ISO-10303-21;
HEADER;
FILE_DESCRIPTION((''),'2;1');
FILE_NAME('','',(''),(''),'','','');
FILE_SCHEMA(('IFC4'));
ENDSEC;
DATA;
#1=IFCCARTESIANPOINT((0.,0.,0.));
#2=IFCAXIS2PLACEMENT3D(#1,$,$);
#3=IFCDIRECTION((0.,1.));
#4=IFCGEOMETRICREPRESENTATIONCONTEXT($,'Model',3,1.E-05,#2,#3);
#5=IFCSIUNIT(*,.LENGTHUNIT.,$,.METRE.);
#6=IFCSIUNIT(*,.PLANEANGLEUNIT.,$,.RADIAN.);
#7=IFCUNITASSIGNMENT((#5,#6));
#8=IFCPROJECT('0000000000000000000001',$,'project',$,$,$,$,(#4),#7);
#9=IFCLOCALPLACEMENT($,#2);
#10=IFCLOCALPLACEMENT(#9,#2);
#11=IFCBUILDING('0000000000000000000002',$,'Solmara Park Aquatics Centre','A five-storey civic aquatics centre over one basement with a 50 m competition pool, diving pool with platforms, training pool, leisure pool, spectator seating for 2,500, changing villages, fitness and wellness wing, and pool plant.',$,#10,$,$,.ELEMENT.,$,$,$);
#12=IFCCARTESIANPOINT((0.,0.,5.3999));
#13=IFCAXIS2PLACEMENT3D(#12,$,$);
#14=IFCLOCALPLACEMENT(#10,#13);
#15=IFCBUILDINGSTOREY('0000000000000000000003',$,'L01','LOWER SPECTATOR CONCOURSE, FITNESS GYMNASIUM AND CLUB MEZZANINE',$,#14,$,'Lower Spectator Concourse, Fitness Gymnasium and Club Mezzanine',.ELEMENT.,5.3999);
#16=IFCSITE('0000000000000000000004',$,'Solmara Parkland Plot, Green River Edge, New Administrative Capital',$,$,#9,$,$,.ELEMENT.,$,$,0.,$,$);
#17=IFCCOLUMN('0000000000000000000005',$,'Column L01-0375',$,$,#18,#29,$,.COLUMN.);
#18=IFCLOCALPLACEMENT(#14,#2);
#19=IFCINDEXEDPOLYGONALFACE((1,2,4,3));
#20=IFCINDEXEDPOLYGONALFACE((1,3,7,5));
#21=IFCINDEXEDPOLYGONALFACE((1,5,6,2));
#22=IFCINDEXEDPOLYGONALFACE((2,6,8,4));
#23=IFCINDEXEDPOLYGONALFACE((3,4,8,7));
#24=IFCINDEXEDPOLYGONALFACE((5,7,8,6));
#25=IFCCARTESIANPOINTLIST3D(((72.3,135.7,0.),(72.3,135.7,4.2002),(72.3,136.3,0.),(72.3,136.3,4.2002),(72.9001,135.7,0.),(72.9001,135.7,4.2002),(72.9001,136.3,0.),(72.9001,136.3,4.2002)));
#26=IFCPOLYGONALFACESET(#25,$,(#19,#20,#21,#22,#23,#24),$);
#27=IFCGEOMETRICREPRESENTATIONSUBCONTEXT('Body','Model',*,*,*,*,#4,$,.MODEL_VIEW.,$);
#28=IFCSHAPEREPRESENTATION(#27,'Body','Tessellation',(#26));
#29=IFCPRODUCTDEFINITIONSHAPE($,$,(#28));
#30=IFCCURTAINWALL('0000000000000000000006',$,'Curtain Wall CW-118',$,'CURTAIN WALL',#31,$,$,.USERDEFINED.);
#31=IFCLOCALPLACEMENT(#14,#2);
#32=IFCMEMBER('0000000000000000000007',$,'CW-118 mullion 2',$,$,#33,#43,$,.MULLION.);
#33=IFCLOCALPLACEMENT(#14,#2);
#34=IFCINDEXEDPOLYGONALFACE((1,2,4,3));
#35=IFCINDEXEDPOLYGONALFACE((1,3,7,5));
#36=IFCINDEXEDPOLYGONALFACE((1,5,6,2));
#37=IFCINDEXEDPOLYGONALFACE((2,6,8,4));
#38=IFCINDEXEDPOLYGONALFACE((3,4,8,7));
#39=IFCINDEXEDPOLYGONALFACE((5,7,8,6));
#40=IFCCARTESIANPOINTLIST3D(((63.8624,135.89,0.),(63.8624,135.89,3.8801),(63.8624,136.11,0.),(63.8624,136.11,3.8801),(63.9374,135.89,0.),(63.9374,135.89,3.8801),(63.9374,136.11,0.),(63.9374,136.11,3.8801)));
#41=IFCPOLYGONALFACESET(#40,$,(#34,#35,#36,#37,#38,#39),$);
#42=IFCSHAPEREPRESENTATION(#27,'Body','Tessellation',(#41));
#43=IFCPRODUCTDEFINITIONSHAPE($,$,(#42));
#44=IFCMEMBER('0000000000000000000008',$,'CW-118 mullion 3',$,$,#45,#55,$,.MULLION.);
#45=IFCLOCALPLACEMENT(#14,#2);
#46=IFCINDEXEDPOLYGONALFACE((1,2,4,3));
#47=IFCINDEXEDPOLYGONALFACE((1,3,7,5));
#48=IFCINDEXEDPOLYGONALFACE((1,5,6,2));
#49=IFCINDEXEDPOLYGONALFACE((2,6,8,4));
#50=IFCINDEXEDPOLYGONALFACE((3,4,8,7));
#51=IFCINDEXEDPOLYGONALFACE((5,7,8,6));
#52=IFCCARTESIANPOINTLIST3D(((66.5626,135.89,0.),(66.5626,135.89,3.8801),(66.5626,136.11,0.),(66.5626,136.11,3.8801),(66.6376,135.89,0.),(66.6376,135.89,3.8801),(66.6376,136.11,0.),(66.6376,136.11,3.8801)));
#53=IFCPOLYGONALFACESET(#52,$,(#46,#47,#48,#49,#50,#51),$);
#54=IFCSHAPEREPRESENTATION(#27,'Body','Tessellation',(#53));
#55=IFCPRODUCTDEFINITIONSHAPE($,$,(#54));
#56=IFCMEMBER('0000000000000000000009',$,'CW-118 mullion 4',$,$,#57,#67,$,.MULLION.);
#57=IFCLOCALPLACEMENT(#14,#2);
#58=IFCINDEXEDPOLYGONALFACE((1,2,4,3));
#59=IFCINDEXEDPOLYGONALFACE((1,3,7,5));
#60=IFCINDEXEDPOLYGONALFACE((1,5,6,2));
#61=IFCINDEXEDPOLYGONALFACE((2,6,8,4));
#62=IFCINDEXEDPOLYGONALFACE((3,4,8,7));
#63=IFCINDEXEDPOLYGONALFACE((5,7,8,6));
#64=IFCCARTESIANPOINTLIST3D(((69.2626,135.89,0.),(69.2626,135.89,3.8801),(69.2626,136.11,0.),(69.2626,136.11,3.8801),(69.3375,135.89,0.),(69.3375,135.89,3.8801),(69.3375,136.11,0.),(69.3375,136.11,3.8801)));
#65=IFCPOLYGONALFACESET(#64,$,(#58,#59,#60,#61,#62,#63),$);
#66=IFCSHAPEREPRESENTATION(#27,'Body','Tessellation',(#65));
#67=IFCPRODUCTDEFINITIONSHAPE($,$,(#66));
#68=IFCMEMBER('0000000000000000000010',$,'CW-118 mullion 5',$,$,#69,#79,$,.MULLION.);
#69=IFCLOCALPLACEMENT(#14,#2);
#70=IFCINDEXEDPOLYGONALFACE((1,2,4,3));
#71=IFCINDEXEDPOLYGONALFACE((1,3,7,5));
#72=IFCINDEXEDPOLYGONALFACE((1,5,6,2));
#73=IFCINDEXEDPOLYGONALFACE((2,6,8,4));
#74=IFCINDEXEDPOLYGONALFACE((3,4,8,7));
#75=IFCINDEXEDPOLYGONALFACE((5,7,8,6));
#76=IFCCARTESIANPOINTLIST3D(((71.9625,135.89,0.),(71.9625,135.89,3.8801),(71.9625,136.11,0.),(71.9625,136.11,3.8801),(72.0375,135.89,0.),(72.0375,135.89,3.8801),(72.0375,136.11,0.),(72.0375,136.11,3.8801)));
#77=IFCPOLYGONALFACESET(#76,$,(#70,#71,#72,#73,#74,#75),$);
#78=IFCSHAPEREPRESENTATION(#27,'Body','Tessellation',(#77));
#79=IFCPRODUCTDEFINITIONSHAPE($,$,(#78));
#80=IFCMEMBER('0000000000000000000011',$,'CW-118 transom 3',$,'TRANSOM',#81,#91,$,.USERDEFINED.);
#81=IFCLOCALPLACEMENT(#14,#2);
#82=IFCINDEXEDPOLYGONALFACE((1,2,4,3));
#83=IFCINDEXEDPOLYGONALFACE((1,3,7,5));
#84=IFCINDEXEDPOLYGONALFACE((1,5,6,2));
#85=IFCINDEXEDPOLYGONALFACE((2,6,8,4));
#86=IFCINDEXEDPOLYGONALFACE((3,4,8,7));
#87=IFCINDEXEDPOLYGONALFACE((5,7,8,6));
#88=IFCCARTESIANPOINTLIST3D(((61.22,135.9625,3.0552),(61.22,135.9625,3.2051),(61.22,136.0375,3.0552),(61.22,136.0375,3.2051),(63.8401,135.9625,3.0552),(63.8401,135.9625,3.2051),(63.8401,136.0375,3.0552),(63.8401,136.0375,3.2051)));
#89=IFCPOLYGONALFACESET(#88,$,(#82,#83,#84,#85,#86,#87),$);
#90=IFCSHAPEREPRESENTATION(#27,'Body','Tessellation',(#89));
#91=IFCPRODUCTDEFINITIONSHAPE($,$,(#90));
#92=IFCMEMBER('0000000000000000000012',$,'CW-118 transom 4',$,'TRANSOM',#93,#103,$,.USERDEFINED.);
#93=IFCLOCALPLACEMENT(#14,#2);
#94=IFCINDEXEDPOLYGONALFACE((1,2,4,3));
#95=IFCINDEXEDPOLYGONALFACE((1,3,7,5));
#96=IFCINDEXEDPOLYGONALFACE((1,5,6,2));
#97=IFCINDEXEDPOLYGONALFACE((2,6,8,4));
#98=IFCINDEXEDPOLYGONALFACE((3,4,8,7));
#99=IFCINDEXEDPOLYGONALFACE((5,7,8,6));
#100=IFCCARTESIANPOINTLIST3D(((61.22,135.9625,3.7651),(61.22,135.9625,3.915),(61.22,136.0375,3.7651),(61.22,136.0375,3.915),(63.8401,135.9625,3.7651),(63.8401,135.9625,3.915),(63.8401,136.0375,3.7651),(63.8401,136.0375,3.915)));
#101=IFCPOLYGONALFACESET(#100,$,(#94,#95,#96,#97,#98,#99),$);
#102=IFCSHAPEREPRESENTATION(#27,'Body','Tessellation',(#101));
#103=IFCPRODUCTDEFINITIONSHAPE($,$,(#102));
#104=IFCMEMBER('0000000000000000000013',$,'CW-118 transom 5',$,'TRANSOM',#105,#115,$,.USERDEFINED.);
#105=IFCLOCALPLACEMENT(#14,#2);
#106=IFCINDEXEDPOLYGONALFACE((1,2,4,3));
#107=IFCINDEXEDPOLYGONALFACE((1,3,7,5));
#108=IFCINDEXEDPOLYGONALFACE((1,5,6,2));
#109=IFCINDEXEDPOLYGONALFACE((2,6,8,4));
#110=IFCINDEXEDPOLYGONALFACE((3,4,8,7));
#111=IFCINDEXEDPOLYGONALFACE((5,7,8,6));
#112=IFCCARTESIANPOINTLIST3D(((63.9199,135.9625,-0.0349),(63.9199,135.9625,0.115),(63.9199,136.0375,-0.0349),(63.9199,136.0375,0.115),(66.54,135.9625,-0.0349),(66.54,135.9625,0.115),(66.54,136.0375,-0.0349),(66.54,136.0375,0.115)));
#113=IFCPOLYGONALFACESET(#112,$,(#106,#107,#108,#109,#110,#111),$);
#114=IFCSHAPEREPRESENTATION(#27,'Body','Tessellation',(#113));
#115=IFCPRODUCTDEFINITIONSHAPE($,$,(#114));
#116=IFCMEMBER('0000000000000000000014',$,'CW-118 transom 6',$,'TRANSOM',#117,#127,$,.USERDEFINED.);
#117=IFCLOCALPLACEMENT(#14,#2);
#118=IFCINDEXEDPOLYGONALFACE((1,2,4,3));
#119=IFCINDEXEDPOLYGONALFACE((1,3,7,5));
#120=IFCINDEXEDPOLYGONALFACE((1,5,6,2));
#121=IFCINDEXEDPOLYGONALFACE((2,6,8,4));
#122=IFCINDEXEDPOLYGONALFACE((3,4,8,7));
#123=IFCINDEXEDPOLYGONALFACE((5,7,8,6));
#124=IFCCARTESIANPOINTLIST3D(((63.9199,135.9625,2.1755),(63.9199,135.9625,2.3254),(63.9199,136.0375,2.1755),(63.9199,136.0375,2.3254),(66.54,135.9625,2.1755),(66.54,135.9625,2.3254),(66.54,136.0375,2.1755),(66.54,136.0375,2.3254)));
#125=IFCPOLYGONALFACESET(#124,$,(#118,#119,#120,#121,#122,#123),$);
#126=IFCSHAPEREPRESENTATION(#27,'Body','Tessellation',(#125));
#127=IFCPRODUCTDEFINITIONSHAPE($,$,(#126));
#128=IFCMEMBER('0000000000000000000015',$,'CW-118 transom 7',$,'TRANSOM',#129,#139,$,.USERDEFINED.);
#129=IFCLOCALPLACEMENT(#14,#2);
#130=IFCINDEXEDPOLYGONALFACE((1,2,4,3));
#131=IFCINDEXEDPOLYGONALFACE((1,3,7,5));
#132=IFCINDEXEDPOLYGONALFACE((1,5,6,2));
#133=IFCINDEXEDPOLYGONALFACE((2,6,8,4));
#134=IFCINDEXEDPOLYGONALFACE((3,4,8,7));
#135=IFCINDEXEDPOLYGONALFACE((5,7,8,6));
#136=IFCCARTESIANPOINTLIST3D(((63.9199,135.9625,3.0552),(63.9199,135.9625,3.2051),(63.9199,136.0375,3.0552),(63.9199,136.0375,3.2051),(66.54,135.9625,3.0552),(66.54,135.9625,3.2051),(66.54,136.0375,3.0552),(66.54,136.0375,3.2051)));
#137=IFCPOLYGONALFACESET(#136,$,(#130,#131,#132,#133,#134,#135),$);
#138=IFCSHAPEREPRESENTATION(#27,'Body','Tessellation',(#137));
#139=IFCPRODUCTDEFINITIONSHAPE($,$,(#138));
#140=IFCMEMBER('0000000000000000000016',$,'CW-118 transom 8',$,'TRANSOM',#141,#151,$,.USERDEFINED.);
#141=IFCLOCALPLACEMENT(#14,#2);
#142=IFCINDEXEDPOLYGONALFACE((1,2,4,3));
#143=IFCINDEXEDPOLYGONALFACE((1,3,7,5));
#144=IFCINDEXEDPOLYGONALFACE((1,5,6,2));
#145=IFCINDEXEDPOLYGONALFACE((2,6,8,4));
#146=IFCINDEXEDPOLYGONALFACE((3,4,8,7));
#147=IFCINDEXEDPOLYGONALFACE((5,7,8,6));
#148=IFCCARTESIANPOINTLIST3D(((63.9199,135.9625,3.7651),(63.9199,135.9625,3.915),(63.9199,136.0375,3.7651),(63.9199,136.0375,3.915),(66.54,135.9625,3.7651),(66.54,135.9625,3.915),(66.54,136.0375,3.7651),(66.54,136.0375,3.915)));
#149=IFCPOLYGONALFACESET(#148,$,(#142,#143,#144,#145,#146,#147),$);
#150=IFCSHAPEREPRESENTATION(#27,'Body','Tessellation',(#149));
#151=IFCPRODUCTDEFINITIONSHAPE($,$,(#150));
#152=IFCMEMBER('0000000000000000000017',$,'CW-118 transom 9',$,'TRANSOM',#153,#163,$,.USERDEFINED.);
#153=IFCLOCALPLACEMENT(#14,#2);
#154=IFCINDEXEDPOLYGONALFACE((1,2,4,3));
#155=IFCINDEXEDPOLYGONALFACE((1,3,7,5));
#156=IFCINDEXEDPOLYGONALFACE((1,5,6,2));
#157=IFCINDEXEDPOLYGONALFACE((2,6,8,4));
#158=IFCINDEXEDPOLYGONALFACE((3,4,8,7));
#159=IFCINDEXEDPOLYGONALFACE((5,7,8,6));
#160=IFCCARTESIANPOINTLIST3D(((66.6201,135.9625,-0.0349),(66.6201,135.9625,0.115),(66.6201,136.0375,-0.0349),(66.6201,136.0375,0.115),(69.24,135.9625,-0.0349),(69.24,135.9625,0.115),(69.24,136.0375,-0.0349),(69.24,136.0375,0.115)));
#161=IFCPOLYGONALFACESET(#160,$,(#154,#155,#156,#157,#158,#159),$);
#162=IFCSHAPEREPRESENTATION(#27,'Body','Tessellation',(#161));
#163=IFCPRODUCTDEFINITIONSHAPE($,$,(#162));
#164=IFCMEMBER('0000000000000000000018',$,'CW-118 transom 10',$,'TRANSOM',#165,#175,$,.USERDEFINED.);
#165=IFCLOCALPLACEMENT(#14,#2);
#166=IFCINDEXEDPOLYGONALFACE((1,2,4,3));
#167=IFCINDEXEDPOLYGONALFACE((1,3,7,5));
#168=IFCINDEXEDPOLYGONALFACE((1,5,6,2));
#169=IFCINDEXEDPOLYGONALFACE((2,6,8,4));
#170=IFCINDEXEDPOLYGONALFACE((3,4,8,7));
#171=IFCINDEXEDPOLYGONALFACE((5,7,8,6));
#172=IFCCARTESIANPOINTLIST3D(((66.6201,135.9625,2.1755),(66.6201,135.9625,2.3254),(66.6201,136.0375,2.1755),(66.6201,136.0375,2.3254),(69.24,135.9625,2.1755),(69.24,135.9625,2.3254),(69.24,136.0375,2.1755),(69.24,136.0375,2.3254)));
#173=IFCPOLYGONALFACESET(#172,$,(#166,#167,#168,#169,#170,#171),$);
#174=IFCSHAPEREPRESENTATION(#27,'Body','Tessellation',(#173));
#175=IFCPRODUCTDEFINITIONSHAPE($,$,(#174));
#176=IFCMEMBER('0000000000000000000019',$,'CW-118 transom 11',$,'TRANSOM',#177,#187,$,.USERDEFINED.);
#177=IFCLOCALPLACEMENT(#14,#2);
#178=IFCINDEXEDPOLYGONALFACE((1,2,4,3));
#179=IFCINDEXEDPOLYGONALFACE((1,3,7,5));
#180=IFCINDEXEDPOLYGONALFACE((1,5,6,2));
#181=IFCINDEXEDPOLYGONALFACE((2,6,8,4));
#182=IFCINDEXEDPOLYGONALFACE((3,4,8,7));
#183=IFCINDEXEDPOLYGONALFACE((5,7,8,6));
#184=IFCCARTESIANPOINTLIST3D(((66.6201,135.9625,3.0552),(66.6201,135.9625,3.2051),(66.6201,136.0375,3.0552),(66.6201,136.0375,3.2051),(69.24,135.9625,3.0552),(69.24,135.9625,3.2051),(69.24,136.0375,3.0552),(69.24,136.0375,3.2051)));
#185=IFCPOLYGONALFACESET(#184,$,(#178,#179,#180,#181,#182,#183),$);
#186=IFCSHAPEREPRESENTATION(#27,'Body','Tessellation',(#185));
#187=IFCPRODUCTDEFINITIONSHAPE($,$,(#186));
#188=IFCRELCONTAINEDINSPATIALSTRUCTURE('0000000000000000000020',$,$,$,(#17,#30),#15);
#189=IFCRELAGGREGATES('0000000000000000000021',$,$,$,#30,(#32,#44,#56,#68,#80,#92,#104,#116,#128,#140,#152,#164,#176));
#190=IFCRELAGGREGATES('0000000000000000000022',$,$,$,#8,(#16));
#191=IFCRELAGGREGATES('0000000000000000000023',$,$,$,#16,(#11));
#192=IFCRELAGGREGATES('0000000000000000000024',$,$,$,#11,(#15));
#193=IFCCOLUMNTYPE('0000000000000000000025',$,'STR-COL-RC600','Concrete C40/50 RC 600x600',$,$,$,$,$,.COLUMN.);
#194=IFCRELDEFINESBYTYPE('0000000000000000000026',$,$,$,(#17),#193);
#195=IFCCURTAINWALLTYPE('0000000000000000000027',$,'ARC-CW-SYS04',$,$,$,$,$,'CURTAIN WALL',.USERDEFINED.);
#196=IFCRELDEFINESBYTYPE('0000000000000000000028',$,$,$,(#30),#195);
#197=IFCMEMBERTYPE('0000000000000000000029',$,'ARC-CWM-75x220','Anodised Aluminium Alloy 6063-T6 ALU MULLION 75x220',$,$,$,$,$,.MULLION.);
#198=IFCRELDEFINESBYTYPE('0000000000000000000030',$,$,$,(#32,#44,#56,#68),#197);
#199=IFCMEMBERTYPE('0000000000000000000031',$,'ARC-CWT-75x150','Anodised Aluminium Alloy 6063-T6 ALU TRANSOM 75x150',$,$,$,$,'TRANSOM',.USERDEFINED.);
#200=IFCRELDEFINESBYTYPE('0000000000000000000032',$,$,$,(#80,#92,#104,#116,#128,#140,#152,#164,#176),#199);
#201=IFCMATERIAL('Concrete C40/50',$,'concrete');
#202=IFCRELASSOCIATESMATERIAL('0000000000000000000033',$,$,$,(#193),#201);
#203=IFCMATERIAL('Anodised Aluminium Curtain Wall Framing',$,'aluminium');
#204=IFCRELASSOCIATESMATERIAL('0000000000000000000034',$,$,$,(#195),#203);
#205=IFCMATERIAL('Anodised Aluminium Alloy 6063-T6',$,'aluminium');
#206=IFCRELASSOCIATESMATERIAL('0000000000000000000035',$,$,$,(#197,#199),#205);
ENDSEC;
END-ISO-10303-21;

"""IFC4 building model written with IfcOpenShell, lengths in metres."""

from ifc_helpers import new_model, si_unit, direction, frame, origin, origin_2d, place, context, subcontext, project, spatial, rectangle, extrude, material, material_profile, profile_set, type_object, element, aggregate, save


model = new_model("IFC4")

# Units and contexts
model_context = context("Model", 3, precision=1e-05, world=origin(), true_north=direction((0.0, 1.0)))
body_context = subcontext(model_context, "Body", "Model", "MODEL_VIEW")
ifc_project = project(units=[si_unit("LENGTHUNIT", "METRE"), si_unit("PLANEANGLEUNIT", "RADIAN")], contexts=[model_context])

# Site, building, storey
site_placement = place(None, origin())
site = spatial("IfcSite", under=ifc_project, at=site_placement, Name="Solmara Parkland Plot, Green River Edge, New Administrative Capital", CompositionType="ELEMENT", RefElevation=0.0)
building_placement = place(site_placement, origin())
building = spatial("IfcBuilding", under=site, at=building_placement, Name="Solmara Park Aquatics Centre", Description="A five-storey civic aquatics centre over one basement with a 50 m competition pool, diving pool with platforms, training pool, leisure pool, spectator seating for 2,500, changing villages, fitness and wellness wing, and pool plant.", CompositionType="ELEMENT")
storey_placement = place(building_placement, frame((0.0, 0.0, 5.3999)))
storey = spatial("IfcBuildingStorey", under=building, at=storey_placement, Name="L01", Description="LOWER SPECTATOR CONCOURSE, FITNESS GYMNASIUM AND CLUB MEZZANINE", LongName="Lower Spectator Concourse, Fitness Gymnasium and Club Mezzanine", CompositionType="ELEMENT", Elevation=5.3999)

# Column
ifc_material_1 = material(Name="Concrete C40/50", Category="concrete")
ifc_material_profile_1 = material_profile(ifc_material_1, rectangle(XDim=0.6001, YDim=0.6001, at=origin_2d()), Name="RC 600x600")
ifc_profile_set_1 = profile_set([ifc_material_profile_1], Name="Concrete C40/50")
column_type = type_object("IfcColumnType", Name="STR-COL-RC600", Description="Concrete C40/50 RC 600x600", PredefinedType="COLUMN", material=ifc_profile_set_1)
column_placement = place(storey_placement, frame((72.6001, 136.0, 0.0), z_axis=(0.0, 0.0, 1.0), x_axis=(1.0, 0.0, 0.0)))
element("IfcColumn", 1, at=column_placement, inside=storey, type_object=column_type, Name="Column L01-0375", PredefinedType="COLUMN", context=body_context, shape_type="SweptSolid", body=[
    extrude(rectangle(XDim=0.6001, YDim=0.6001, at=origin_2d()), origin(), (0.0, 0.0, 1.0), 4.2002),
])

# Curtain wall, members
ifc_material_2 = material(Name="Anodised Aluminium Curtain Wall Framing", Category="aluminium")
curtain_wall_type = type_object("IfcCurtainWallType", Name="ARC-CW-SYS04", ElementType="CURTAIN WALL", PredefinedType="USERDEFINED", material=ifc_material_2)
curtain_wall_placement = place(storey_placement, origin())
curtain_wall = element("IfcCurtainWall", 2, at=curtain_wall_placement, inside=storey, type_object=curtain_wall_type, Name="Curtain Wall CW-118", ObjectType="CURTAIN WALL", PredefinedType="USERDEFINED")
ifc_material_3 = material(Name="Anodised Aluminium Alloy 6063-T6", Category="aluminium")
ifc_material_profile_2 = material_profile(ifc_material_3, rectangle(XDim=0.075, YDim=0.22, at=origin_2d()), Name="ALU MULLION 75x220")
ifc_profile_set_2 = profile_set([ifc_material_profile_2], Name="Anodised Aluminium Alloy 6063-T6")
member_type_1 = type_object("IfcMemberType", Name="ARC-CWM-75x220", Description="Anodised Aluminium Alloy 6063-T6 ALU MULLION 75x220", PredefinedType="MULLION", material=ifc_profile_set_2)
member_1_placement = place(storey_placement, frame((63.8999, 136.0, 0.0), z_axis=(0.0, 0.0, 1.0), x_axis=(1.0, 0.0, 0.0)))
member_1 = element("IfcMember", 3, at=member_1_placement, type_object=member_type_1, Name="CW-118 mullion 2", PredefinedType="MULLION", context=body_context, shape_type="SweptSolid", body=[
    extrude(rectangle(XDim=0.075, YDim=0.22, at=origin_2d()), origin(), (0.0, 0.0, 1.0), 3.8801),
])
member_2_placement = place(storey_placement, frame((66.6001, 136.0, 0.0), z_axis=(0.0, 0.0, 1.0), x_axis=(1.0, 0.0, 0.0)))
member_2 = element("IfcMember", 4, at=member_2_placement, type_object=member_type_1, Name="CW-118 mullion 3", PredefinedType="MULLION", context=body_context, shape_type="SweptSolid", body=[
    extrude(rectangle(XDim=0.075, YDim=0.22, at=origin_2d()), origin(), (0.0, 0.0, 1.0), 3.8801),
])
member_3_placement = place(storey_placement, frame((69.3, 136.0, 0.0), z_axis=(0.0, 0.0, 1.0), x_axis=(1.0, 0.0, 0.0)))
member_3 = element("IfcMember", 5, at=member_3_placement, type_object=member_type_1, Name="CW-118 mullion 4", PredefinedType="MULLION", context=body_context, shape_type="SweptSolid", body=[
    extrude(rectangle(XDim=0.075, YDim=0.22, at=origin_2d()), origin(), (0.0, 0.0, 1.0), 3.8801),
])
member_4_placement = place(storey_placement, frame((72.0, 136.0, 0.0), z_axis=(0.0, 0.0, 1.0), x_axis=(1.0, 0.0, 0.0)))
member_4 = element("IfcMember", 6, at=member_4_placement, type_object=member_type_1, Name="CW-118 mullion 5", PredefinedType="MULLION", context=body_context, shape_type="SweptSolid", body=[
    extrude(rectangle(XDim=0.075, YDim=0.22, at=origin_2d()), origin(), (0.0, 0.0, 1.0), 3.8801),
])
ifc_material_profile_3 = material_profile(ifc_material_3, rectangle(XDim=0.075, YDim=0.1499, at=origin_2d()), Name="ALU TRANSOM 75x150")
ifc_profile_set_3 = profile_set([ifc_material_profile_3], Name="Anodised Aluminium Alloy 6063-T6")
member_type_2 = type_object("IfcMemberType", Name="ARC-CWT-75x150", Description="Anodised Aluminium Alloy 6063-T6 ALU TRANSOM 75x150", ElementType="TRANSOM", PredefinedType="USERDEFINED", material=ifc_profile_set_3)
member_5_placement = place(storey_placement, frame((61.22, 136.0, 3.1301), z_axis=(1.0, 0.0, 0.0), x_axis=(0.0, 1.0, 0.0)))
member_5 = element("IfcMember", 7, at=member_5_placement, type_object=member_type_2, Name="CW-118 transom 3", ObjectType="TRANSOM", PredefinedType="USERDEFINED", context=body_context, shape_type="SweptSolid", body=[
    extrude(rectangle(XDim=0.075, YDim=0.1499, at=origin_2d()), origin(), (0.0, 0.0, 1.0), 2.6201),
])
member_6_placement = place(storey_placement, frame((61.22, 136.0, 3.8401), z_axis=(1.0, 0.0, 0.0), x_axis=(0.0, 1.0, 0.0)))
member_6 = element("IfcMember", 8, at=member_6_placement, type_object=member_type_2, Name="CW-118 transom 4", ObjectType="TRANSOM", PredefinedType="USERDEFINED", context=body_context, shape_type="SweptSolid", body=[
    extrude(rectangle(XDim=0.075, YDim=0.1499, at=origin_2d()), origin(), (0.0, 0.0, 1.0), 2.6201),
])
member_7_placement = place(storey_placement, frame((63.9199, 136.0, 0.04), z_axis=(1.0, 0.0, 0.0), x_axis=(0.0, 1.0, 0.0)))
member_7 = element("IfcMember", 9, at=member_7_placement, type_object=member_type_2, Name="CW-118 transom 5", ObjectType="TRANSOM", PredefinedType="USERDEFINED", context=body_context, shape_type="SweptSolid", body=[
    extrude(rectangle(XDim=0.075, YDim=0.1499, at=origin_2d()), origin(), (0.0, 0.0, 1.0), 2.6201),
])
member_8_placement = place(storey_placement, frame((63.9199, 136.0, 2.2505), z_axis=(1.0, 0.0, 0.0), x_axis=(0.0, 1.0, 0.0)))
member_8 = element("IfcMember", 10, at=member_8_placement, type_object=member_type_2, Name="CW-118 transom 6", ObjectType="TRANSOM", PredefinedType="USERDEFINED", context=body_context, shape_type="SweptSolid", body=[
    extrude(rectangle(XDim=0.075, YDim=0.1499, at=origin_2d()), origin(), (0.0, 0.0, 1.0), 2.6201),
])
member_9_placement = place(storey_placement, frame((63.9199, 136.0, 3.1301), z_axis=(1.0, 0.0, 0.0), x_axis=(0.0, 1.0, 0.0)))
member_9 = element("IfcMember", 11, at=member_9_placement, type_object=member_type_2, Name="CW-118 transom 7", ObjectType="TRANSOM", PredefinedType="USERDEFINED", context=body_context, shape_type="SweptSolid", body=[
    extrude(rectangle(XDim=0.075, YDim=0.1499, at=origin_2d()), origin(), (0.0, 0.0, 1.0), 2.6201),
])
member_10_placement = place(storey_placement, frame((63.9199, 136.0, 3.8401), z_axis=(1.0, 0.0, 0.0), x_axis=(0.0, 1.0, 0.0)))
member_10 = element("IfcMember", 12, at=member_10_placement, type_object=member_type_2, Name="CW-118 transom 8", ObjectType="TRANSOM", PredefinedType="USERDEFINED", context=body_context, shape_type="SweptSolid", body=[
    extrude(rectangle(XDim=0.075, YDim=0.1499, at=origin_2d()), origin(), (0.0, 0.0, 1.0), 2.6201),
])
member_11_placement = place(storey_placement, frame((66.6201, 136.0, 0.04), z_axis=(1.0, 0.0, 0.0), x_axis=(0.0, 1.0, 0.0)))
member_11 = element("IfcMember", 13, at=member_11_placement, type_object=member_type_2, Name="CW-118 transom 9", ObjectType="TRANSOM", PredefinedType="USERDEFINED", context=body_context, shape_type="SweptSolid", body=[
    extrude(rectangle(XDim=0.075, YDim=0.1499, at=origin_2d()), origin(), (0.0, 0.0, 1.0), 2.6199),
])
member_12_placement = place(storey_placement, frame((66.6201, 136.0, 2.2505), z_axis=(1.0, 0.0, 0.0), x_axis=(0.0, 1.0, 0.0)))
member_12 = element("IfcMember", 14, at=member_12_placement, type_object=member_type_2, Name="CW-118 transom 10", ObjectType="TRANSOM", PredefinedType="USERDEFINED", context=body_context, shape_type="SweptSolid", body=[
    extrude(rectangle(XDim=0.075, YDim=0.1499, at=origin_2d()), origin(), (0.0, 0.0, 1.0), 2.6199),
])
member_13_placement = place(storey_placement, frame((66.6201, 136.0, 3.1301), z_axis=(1.0, 0.0, 0.0), x_axis=(0.0, 1.0, 0.0)))
member_13 = element("IfcMember", 15, at=member_13_placement, type_object=member_type_2, Name="CW-118 transom 11", ObjectType="TRANSOM", PredefinedType="USERDEFINED", context=body_context, shape_type="SweptSolid", body=[
    extrude(rectangle(XDim=0.075, YDim=0.1499, at=origin_2d()), origin(), (0.0, 0.0, 1.0), 2.6199),
])

aggregate(curtain_wall, [member_1, member_2, member_3, member_4, member_5, member_6, member_7, member_8, member_9, member_10, member_11, member_12, member_13])

save(model, "model.ifc")
